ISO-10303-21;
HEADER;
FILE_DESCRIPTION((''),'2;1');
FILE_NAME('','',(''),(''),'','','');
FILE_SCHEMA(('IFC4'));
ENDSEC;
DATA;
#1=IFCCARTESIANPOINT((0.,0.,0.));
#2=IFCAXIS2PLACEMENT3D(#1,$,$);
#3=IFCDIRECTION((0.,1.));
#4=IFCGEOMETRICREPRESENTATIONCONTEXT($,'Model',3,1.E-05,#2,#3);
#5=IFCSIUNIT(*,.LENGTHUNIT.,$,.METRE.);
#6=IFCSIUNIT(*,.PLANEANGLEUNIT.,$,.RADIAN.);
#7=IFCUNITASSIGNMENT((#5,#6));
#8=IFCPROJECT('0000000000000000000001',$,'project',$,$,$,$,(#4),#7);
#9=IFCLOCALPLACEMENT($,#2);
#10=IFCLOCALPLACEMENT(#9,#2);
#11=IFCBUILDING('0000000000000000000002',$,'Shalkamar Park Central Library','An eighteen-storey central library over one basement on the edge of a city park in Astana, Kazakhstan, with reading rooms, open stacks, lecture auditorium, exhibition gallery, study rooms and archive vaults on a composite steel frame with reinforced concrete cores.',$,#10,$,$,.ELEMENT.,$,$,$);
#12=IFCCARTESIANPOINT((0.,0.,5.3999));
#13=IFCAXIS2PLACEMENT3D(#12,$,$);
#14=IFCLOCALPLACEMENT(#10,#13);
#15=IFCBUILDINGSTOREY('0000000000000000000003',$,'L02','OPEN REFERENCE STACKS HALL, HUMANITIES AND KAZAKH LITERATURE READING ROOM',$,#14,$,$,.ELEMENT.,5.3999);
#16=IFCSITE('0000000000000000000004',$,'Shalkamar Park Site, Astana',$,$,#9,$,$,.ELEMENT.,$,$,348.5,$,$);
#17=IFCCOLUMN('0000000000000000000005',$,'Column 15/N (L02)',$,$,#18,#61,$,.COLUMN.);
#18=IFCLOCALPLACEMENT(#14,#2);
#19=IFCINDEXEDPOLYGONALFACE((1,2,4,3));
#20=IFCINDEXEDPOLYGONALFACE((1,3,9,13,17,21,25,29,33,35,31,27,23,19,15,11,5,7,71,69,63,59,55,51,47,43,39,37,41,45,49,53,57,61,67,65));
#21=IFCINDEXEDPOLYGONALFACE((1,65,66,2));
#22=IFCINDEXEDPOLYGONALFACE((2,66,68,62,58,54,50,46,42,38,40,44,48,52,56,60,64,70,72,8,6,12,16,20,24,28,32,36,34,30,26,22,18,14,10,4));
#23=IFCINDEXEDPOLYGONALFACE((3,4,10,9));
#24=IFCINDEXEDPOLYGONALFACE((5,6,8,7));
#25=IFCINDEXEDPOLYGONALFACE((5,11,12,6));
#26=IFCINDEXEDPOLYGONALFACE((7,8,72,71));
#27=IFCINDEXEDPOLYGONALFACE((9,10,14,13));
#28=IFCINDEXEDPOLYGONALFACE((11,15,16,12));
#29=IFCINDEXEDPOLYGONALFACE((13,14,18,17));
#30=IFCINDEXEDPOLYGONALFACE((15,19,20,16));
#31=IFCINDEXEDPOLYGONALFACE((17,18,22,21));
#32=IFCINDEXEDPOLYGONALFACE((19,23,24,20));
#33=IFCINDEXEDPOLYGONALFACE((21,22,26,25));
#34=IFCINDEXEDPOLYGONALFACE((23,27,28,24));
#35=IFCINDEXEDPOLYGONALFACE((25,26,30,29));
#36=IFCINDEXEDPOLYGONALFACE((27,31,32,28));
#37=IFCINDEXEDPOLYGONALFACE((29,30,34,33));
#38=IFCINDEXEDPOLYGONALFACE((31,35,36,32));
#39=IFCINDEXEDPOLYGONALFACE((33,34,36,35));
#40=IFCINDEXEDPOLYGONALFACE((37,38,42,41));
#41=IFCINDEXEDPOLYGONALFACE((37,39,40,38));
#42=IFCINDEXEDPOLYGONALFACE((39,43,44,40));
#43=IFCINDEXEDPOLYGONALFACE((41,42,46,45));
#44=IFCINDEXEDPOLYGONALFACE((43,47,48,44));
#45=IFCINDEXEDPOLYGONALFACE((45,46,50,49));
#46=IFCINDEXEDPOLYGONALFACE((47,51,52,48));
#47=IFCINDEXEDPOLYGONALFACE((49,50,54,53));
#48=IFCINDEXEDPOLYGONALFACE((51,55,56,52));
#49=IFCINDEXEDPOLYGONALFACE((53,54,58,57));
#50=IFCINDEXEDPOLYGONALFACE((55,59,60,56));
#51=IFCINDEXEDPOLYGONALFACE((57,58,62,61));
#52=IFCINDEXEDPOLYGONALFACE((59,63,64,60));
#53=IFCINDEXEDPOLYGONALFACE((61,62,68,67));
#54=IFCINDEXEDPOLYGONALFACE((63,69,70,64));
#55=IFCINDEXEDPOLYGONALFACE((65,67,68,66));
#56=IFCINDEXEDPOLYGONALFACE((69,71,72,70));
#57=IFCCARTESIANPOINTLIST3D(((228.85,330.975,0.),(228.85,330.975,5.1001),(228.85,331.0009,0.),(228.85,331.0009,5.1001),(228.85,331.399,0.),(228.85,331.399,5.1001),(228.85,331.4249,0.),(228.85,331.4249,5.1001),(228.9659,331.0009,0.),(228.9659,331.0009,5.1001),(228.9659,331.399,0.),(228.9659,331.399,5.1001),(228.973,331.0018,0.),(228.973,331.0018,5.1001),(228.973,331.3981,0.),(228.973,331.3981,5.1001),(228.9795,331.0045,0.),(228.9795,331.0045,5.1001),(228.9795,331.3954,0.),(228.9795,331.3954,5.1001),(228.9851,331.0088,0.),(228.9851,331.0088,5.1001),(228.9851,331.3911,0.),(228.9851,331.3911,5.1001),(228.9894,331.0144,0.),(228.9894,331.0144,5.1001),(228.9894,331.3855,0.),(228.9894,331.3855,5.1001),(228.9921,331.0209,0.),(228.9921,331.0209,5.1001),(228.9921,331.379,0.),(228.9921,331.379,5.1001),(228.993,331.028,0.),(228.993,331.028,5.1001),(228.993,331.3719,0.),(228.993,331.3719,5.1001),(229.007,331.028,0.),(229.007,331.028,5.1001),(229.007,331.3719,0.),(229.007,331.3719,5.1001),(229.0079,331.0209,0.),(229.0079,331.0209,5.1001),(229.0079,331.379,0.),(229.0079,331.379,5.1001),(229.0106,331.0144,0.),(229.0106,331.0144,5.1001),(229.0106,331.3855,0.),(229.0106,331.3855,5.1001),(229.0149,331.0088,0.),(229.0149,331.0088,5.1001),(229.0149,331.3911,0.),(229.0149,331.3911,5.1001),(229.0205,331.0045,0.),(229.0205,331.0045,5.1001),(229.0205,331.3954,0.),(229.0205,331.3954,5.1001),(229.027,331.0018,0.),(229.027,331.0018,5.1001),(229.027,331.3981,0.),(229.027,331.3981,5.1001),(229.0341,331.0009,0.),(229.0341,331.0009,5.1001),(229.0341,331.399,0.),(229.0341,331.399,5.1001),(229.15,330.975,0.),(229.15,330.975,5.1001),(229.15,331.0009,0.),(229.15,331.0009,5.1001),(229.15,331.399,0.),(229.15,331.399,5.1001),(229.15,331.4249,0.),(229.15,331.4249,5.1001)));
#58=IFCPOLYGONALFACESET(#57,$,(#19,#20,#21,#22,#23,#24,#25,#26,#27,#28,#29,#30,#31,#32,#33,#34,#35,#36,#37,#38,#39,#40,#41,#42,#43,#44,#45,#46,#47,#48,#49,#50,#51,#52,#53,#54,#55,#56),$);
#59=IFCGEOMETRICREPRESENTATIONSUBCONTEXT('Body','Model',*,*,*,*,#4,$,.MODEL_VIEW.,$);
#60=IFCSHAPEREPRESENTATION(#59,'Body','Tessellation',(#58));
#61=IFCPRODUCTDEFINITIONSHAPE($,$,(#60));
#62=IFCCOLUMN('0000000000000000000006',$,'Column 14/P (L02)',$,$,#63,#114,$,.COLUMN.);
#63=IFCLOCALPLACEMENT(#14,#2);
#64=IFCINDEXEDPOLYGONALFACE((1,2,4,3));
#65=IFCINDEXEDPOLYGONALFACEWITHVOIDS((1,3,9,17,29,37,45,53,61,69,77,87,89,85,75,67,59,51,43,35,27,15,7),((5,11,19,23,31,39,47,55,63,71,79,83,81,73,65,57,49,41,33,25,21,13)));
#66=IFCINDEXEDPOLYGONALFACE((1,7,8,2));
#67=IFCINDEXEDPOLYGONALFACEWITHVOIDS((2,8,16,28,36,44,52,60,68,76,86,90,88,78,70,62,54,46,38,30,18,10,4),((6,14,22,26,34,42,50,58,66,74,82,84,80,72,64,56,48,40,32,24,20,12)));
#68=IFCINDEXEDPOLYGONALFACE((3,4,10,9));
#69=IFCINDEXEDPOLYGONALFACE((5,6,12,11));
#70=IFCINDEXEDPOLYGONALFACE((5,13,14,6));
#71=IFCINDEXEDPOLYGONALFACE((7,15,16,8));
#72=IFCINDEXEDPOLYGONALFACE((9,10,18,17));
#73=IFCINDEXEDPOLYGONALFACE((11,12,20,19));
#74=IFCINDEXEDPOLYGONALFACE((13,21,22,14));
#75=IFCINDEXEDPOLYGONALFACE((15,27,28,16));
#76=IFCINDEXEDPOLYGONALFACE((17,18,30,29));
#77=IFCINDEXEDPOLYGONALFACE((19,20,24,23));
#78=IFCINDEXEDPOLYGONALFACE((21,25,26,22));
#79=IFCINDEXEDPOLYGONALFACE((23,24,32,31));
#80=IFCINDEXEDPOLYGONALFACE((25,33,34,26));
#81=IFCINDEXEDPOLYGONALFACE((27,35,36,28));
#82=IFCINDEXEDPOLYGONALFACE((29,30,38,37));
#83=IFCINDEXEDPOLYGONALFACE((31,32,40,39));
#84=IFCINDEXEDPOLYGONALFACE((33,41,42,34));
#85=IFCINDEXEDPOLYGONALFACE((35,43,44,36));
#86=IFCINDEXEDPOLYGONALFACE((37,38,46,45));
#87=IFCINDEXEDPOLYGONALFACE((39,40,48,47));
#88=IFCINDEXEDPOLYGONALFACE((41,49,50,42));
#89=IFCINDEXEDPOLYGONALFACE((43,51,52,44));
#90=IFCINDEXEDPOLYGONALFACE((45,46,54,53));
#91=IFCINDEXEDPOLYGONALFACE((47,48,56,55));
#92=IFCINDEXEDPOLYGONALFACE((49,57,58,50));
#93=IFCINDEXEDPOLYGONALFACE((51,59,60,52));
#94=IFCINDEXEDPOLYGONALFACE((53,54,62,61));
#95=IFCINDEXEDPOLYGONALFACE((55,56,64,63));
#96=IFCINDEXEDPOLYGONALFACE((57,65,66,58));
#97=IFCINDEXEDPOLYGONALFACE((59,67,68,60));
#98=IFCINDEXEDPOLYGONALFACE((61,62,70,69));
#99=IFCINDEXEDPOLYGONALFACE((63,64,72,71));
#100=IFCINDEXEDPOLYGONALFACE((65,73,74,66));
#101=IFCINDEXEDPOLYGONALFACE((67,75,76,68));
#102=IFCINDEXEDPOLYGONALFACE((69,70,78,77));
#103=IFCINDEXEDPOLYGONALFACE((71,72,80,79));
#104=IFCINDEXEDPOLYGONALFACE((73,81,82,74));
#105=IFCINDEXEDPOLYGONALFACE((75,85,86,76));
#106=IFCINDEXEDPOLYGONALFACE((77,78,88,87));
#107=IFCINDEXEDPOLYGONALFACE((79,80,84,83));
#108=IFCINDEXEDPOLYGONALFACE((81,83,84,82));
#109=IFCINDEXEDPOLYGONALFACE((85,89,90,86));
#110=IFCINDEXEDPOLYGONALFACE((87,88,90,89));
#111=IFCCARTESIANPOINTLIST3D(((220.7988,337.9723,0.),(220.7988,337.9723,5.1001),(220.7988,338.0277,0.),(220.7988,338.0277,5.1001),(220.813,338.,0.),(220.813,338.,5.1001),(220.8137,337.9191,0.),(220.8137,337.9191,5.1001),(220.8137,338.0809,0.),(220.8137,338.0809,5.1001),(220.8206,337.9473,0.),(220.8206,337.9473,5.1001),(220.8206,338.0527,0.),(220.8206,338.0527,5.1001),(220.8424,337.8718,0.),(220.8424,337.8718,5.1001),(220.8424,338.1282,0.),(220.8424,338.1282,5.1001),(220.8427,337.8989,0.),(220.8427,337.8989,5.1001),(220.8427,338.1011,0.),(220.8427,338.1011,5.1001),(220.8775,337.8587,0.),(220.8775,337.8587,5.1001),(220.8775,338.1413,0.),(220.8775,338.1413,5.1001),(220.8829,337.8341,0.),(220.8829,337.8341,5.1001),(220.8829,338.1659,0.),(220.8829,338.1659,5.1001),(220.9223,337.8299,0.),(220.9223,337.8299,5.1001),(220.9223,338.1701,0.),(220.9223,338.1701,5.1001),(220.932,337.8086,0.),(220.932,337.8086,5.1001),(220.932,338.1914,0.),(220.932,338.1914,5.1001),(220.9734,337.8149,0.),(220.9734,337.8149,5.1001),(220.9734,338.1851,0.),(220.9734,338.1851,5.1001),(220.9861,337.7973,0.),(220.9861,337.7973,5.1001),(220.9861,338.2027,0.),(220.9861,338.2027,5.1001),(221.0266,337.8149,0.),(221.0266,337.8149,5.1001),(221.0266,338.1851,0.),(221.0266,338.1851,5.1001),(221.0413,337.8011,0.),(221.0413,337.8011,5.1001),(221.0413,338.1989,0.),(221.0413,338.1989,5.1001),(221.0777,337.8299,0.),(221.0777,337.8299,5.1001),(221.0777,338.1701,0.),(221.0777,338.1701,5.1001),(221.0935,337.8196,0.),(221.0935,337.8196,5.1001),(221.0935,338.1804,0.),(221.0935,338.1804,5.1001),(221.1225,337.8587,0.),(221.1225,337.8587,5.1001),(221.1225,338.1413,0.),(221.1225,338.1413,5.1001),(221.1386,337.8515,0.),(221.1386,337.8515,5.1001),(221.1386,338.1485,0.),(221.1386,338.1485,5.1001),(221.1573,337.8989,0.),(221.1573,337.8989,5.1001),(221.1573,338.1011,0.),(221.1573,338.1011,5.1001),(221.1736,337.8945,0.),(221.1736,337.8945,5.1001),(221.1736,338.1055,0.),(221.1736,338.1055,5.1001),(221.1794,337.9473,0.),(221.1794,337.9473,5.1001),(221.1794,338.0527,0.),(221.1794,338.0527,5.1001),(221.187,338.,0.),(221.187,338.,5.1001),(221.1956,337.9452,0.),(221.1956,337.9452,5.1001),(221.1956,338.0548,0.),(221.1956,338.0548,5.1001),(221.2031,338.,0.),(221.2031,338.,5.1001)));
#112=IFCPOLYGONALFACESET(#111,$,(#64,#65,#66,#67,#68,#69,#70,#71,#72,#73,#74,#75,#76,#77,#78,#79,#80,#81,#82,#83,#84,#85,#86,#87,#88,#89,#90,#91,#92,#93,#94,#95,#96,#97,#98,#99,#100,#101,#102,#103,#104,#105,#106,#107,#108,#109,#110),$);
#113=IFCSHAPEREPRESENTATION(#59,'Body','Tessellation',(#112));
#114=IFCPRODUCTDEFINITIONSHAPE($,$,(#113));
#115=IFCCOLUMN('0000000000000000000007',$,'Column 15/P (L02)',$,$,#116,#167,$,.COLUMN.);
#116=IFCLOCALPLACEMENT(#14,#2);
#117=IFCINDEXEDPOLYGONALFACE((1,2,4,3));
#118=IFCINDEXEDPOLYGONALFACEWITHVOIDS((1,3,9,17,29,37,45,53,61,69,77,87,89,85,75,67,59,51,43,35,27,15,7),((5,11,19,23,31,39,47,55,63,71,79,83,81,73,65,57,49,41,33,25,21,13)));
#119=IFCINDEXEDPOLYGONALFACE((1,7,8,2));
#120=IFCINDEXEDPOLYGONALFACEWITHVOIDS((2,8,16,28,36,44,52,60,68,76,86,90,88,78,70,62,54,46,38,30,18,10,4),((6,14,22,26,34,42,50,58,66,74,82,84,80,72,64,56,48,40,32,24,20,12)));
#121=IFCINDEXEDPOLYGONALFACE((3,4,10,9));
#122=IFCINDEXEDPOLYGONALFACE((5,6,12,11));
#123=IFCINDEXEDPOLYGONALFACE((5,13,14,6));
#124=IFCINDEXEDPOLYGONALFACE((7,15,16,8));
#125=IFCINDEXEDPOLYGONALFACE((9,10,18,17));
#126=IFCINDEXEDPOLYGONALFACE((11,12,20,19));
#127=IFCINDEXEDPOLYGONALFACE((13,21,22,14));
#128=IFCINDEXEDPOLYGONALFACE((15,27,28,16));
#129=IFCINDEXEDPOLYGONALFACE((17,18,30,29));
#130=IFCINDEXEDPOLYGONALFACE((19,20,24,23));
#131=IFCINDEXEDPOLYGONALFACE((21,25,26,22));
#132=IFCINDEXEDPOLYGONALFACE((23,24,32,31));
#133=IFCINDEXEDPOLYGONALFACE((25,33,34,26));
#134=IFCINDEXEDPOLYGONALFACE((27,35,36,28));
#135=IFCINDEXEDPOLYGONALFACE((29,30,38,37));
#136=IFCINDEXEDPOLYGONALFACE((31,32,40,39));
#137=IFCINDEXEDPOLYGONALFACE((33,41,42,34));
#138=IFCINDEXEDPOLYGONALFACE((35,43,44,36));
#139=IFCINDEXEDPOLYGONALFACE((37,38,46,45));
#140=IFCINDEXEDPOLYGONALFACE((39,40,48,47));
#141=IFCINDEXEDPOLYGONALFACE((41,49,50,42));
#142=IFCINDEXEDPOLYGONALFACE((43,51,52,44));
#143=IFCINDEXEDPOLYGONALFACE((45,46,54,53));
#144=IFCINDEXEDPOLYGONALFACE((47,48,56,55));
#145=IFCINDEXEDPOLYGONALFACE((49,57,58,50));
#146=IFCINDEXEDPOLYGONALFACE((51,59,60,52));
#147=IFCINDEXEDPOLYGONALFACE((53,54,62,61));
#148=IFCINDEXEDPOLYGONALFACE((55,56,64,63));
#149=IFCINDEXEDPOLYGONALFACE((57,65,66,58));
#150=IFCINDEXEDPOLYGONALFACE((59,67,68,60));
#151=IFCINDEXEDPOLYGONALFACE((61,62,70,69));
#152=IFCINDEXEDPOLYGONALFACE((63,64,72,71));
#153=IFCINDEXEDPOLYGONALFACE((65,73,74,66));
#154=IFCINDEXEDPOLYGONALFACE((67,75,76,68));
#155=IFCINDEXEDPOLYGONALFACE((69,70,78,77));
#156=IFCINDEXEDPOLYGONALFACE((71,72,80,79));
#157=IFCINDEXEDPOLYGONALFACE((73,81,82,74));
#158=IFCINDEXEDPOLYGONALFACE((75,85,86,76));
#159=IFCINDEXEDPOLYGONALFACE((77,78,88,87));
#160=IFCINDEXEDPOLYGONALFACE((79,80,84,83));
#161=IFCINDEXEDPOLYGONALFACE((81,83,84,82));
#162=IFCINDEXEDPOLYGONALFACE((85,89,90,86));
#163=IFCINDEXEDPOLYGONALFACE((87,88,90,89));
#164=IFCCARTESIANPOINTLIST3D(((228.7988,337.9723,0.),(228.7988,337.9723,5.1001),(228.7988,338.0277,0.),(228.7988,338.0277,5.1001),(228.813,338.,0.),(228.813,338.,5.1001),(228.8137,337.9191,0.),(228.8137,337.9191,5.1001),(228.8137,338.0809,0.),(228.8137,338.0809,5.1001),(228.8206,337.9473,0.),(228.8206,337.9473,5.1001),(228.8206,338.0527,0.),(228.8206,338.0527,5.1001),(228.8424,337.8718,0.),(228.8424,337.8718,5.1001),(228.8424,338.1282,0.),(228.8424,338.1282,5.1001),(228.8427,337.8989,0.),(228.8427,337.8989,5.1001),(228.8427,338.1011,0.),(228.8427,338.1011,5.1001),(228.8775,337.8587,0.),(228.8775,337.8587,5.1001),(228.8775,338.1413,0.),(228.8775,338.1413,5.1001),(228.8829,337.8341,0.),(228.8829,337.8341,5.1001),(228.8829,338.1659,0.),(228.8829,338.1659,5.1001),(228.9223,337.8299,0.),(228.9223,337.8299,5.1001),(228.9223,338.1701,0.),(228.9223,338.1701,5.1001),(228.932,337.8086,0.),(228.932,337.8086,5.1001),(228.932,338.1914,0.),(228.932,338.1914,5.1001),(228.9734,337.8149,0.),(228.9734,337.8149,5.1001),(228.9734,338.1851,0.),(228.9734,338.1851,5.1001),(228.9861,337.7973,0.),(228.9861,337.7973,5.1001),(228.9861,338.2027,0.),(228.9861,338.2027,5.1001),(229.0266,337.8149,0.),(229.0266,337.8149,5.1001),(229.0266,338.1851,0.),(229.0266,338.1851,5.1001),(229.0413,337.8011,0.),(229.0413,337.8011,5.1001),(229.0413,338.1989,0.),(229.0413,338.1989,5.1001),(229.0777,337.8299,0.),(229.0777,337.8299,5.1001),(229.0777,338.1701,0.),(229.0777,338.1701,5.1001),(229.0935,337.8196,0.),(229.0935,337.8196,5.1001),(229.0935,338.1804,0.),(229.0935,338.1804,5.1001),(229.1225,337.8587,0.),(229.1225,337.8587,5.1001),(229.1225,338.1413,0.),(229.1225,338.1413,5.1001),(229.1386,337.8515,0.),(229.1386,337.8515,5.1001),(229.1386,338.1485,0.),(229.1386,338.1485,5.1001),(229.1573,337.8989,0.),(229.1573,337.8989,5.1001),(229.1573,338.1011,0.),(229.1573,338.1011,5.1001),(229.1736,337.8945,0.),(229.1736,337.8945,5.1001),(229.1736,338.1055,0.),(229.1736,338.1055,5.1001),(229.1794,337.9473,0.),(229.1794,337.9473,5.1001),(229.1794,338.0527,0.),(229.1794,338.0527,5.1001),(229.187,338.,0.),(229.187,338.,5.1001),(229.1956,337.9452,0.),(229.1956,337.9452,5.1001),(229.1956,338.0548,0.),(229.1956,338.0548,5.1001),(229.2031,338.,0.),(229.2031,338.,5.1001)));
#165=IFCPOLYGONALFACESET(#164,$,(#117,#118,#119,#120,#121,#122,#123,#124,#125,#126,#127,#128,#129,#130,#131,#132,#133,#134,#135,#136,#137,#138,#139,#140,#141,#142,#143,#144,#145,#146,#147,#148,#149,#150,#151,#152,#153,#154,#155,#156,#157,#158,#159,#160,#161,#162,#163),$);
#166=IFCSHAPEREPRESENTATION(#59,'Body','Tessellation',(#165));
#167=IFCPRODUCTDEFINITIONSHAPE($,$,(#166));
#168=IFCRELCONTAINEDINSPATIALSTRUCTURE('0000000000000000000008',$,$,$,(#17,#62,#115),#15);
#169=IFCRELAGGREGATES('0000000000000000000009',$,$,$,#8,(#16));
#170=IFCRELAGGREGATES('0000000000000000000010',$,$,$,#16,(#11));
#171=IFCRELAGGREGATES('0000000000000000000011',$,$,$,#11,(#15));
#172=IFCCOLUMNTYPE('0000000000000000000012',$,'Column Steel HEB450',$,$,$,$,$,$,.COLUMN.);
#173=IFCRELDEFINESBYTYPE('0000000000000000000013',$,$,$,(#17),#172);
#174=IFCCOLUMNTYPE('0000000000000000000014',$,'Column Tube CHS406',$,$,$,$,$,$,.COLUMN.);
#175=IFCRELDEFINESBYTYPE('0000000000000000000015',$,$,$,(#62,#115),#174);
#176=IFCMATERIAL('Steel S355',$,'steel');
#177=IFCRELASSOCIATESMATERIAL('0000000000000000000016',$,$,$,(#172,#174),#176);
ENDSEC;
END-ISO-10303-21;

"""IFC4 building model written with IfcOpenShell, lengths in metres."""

from ifc_helpers import new_model, si_unit, direction, frame, origin, origin_2d, place, context, subcontext, project, spatial, hollow_circle, i_section, extrude, material, material_profile, profile_set, type_object, element, save


model = new_model("IFC4")

# Units and contexts
model_context = context("Model", 3, precision=1e-05, world=origin(), true_north=direction((0.0, 1.0)))
body_context = subcontext(model_context, "Body", "Model", "MODEL_VIEW")
ifc_project = project(units=[si_unit("LENGTHUNIT", "METRE"), si_unit("PLANEANGLEUNIT", "RADIAN")], contexts=[model_context])

# Site, building, storey
site_placement = place(None, origin())
site = spatial("IfcSite", under=ifc_project, at=site_placement, Name="Shalkamar Park Site, Astana", CompositionType="ELEMENT", RefElevation=348.5)
building_placement = place(site_placement, origin())
building = spatial("IfcBuilding", under=site, at=building_placement, Name="Shalkamar Park Central Library", Description="An eighteen-storey central library over one basement on the edge of a city park in Astana, Kazakhstan, with reading rooms, open stacks, lecture auditorium, exhibition gallery, study rooms and archive vaults on a composite steel frame with reinforced concrete cores.", CompositionType="ELEMENT")
storey_placement = place(building_placement, frame((0.0, 0.0, 5.3999)))
storey = spatial("IfcBuildingStorey", under=building, at=storey_placement, Name="L02", Description="OPEN REFERENCE STACKS HALL, HUMANITIES AND KAZAKH LITERATURE READING ROOM", CompositionType="ELEMENT", Elevation=5.3999)

# Columns
ifc_material_1 = material(Name="Steel S355", Category="steel")
ifc_material_profile_1 = material_profile(ifc_material_1, i_section(OverallWidth=0.3, OverallDepth=0.45, WebThickness=0.0139, FlangeThickness=0.0259, FilletRadius=0.0271, at=origin_2d()), Name="HEB 450")
ifc_profile_set_1 = profile_set([ifc_material_profile_1], Name="Steel S355")
column_type_1 = type_object("IfcColumnType", Name="Column Steel HEB450", PredefinedType="COLUMN", material=ifc_profile_set_1)
column_placement = place(storey_placement, frame((229.0, 331.2, 0.0), z_axis=(0.0, 0.0, 1.0), x_axis=(1.0, 0.0, 0.0)))
element("IfcColumn", 1, at=column_placement, inside=storey, type_object=column_type_1, Name="Column 15/N (L02)", PredefinedType="COLUMN", context=body_context, shape_type="SweptSolid", body=[
    extrude(i_section(OverallWidth=0.3, OverallDepth=0.45, WebThickness=0.0139, FlangeThickness=0.0259, FilletRadius=0.0271, at=origin_2d()), origin(), (0.0, 0.0, 1.0), 5.1001),
])
ifc_material_profile_2 = material_profile(ifc_material_1, hollow_circle(Radius=0.2031, WallThickness=0.0161, at=origin_2d()), Name="CHS 406.4x16")
ifc_profile_set_2 = profile_set([ifc_material_profile_2], Name="Steel S355")
column_type_2 = type_object("IfcColumnType", Name="Column Tube CHS406", PredefinedType="COLUMN", material=ifc_profile_set_2)
for number, where, z_axis, x_axis, name in (
    (2, (221.0, 338.0, 0.0), (0.0, 0.0, 1.0), (1.0, 0.0, 0.0), "Column 14/P (L02)"),
    (3, (229.0, 338.0, 0.0), (0.0, 0.0, 1.0), (1.0, 0.0, 0.0), "Column 15/P (L02)"),
):
    element("IfcColumn", number, at=place(storey_placement, frame(where, z_axis=z_axis, x_axis=x_axis)), inside=storey, type_object=column_type_2, Name=name, PredefinedType="COLUMN", context=body_context, shape_type="SweptSolid", body=[
        extrude(hollow_circle(Radius=0.2031, WallThickness=0.0161, at=origin_2d()), origin(), (0.0, 0.0, 1.0), 5.1001),
    ])

save(model, "model.ifc")
